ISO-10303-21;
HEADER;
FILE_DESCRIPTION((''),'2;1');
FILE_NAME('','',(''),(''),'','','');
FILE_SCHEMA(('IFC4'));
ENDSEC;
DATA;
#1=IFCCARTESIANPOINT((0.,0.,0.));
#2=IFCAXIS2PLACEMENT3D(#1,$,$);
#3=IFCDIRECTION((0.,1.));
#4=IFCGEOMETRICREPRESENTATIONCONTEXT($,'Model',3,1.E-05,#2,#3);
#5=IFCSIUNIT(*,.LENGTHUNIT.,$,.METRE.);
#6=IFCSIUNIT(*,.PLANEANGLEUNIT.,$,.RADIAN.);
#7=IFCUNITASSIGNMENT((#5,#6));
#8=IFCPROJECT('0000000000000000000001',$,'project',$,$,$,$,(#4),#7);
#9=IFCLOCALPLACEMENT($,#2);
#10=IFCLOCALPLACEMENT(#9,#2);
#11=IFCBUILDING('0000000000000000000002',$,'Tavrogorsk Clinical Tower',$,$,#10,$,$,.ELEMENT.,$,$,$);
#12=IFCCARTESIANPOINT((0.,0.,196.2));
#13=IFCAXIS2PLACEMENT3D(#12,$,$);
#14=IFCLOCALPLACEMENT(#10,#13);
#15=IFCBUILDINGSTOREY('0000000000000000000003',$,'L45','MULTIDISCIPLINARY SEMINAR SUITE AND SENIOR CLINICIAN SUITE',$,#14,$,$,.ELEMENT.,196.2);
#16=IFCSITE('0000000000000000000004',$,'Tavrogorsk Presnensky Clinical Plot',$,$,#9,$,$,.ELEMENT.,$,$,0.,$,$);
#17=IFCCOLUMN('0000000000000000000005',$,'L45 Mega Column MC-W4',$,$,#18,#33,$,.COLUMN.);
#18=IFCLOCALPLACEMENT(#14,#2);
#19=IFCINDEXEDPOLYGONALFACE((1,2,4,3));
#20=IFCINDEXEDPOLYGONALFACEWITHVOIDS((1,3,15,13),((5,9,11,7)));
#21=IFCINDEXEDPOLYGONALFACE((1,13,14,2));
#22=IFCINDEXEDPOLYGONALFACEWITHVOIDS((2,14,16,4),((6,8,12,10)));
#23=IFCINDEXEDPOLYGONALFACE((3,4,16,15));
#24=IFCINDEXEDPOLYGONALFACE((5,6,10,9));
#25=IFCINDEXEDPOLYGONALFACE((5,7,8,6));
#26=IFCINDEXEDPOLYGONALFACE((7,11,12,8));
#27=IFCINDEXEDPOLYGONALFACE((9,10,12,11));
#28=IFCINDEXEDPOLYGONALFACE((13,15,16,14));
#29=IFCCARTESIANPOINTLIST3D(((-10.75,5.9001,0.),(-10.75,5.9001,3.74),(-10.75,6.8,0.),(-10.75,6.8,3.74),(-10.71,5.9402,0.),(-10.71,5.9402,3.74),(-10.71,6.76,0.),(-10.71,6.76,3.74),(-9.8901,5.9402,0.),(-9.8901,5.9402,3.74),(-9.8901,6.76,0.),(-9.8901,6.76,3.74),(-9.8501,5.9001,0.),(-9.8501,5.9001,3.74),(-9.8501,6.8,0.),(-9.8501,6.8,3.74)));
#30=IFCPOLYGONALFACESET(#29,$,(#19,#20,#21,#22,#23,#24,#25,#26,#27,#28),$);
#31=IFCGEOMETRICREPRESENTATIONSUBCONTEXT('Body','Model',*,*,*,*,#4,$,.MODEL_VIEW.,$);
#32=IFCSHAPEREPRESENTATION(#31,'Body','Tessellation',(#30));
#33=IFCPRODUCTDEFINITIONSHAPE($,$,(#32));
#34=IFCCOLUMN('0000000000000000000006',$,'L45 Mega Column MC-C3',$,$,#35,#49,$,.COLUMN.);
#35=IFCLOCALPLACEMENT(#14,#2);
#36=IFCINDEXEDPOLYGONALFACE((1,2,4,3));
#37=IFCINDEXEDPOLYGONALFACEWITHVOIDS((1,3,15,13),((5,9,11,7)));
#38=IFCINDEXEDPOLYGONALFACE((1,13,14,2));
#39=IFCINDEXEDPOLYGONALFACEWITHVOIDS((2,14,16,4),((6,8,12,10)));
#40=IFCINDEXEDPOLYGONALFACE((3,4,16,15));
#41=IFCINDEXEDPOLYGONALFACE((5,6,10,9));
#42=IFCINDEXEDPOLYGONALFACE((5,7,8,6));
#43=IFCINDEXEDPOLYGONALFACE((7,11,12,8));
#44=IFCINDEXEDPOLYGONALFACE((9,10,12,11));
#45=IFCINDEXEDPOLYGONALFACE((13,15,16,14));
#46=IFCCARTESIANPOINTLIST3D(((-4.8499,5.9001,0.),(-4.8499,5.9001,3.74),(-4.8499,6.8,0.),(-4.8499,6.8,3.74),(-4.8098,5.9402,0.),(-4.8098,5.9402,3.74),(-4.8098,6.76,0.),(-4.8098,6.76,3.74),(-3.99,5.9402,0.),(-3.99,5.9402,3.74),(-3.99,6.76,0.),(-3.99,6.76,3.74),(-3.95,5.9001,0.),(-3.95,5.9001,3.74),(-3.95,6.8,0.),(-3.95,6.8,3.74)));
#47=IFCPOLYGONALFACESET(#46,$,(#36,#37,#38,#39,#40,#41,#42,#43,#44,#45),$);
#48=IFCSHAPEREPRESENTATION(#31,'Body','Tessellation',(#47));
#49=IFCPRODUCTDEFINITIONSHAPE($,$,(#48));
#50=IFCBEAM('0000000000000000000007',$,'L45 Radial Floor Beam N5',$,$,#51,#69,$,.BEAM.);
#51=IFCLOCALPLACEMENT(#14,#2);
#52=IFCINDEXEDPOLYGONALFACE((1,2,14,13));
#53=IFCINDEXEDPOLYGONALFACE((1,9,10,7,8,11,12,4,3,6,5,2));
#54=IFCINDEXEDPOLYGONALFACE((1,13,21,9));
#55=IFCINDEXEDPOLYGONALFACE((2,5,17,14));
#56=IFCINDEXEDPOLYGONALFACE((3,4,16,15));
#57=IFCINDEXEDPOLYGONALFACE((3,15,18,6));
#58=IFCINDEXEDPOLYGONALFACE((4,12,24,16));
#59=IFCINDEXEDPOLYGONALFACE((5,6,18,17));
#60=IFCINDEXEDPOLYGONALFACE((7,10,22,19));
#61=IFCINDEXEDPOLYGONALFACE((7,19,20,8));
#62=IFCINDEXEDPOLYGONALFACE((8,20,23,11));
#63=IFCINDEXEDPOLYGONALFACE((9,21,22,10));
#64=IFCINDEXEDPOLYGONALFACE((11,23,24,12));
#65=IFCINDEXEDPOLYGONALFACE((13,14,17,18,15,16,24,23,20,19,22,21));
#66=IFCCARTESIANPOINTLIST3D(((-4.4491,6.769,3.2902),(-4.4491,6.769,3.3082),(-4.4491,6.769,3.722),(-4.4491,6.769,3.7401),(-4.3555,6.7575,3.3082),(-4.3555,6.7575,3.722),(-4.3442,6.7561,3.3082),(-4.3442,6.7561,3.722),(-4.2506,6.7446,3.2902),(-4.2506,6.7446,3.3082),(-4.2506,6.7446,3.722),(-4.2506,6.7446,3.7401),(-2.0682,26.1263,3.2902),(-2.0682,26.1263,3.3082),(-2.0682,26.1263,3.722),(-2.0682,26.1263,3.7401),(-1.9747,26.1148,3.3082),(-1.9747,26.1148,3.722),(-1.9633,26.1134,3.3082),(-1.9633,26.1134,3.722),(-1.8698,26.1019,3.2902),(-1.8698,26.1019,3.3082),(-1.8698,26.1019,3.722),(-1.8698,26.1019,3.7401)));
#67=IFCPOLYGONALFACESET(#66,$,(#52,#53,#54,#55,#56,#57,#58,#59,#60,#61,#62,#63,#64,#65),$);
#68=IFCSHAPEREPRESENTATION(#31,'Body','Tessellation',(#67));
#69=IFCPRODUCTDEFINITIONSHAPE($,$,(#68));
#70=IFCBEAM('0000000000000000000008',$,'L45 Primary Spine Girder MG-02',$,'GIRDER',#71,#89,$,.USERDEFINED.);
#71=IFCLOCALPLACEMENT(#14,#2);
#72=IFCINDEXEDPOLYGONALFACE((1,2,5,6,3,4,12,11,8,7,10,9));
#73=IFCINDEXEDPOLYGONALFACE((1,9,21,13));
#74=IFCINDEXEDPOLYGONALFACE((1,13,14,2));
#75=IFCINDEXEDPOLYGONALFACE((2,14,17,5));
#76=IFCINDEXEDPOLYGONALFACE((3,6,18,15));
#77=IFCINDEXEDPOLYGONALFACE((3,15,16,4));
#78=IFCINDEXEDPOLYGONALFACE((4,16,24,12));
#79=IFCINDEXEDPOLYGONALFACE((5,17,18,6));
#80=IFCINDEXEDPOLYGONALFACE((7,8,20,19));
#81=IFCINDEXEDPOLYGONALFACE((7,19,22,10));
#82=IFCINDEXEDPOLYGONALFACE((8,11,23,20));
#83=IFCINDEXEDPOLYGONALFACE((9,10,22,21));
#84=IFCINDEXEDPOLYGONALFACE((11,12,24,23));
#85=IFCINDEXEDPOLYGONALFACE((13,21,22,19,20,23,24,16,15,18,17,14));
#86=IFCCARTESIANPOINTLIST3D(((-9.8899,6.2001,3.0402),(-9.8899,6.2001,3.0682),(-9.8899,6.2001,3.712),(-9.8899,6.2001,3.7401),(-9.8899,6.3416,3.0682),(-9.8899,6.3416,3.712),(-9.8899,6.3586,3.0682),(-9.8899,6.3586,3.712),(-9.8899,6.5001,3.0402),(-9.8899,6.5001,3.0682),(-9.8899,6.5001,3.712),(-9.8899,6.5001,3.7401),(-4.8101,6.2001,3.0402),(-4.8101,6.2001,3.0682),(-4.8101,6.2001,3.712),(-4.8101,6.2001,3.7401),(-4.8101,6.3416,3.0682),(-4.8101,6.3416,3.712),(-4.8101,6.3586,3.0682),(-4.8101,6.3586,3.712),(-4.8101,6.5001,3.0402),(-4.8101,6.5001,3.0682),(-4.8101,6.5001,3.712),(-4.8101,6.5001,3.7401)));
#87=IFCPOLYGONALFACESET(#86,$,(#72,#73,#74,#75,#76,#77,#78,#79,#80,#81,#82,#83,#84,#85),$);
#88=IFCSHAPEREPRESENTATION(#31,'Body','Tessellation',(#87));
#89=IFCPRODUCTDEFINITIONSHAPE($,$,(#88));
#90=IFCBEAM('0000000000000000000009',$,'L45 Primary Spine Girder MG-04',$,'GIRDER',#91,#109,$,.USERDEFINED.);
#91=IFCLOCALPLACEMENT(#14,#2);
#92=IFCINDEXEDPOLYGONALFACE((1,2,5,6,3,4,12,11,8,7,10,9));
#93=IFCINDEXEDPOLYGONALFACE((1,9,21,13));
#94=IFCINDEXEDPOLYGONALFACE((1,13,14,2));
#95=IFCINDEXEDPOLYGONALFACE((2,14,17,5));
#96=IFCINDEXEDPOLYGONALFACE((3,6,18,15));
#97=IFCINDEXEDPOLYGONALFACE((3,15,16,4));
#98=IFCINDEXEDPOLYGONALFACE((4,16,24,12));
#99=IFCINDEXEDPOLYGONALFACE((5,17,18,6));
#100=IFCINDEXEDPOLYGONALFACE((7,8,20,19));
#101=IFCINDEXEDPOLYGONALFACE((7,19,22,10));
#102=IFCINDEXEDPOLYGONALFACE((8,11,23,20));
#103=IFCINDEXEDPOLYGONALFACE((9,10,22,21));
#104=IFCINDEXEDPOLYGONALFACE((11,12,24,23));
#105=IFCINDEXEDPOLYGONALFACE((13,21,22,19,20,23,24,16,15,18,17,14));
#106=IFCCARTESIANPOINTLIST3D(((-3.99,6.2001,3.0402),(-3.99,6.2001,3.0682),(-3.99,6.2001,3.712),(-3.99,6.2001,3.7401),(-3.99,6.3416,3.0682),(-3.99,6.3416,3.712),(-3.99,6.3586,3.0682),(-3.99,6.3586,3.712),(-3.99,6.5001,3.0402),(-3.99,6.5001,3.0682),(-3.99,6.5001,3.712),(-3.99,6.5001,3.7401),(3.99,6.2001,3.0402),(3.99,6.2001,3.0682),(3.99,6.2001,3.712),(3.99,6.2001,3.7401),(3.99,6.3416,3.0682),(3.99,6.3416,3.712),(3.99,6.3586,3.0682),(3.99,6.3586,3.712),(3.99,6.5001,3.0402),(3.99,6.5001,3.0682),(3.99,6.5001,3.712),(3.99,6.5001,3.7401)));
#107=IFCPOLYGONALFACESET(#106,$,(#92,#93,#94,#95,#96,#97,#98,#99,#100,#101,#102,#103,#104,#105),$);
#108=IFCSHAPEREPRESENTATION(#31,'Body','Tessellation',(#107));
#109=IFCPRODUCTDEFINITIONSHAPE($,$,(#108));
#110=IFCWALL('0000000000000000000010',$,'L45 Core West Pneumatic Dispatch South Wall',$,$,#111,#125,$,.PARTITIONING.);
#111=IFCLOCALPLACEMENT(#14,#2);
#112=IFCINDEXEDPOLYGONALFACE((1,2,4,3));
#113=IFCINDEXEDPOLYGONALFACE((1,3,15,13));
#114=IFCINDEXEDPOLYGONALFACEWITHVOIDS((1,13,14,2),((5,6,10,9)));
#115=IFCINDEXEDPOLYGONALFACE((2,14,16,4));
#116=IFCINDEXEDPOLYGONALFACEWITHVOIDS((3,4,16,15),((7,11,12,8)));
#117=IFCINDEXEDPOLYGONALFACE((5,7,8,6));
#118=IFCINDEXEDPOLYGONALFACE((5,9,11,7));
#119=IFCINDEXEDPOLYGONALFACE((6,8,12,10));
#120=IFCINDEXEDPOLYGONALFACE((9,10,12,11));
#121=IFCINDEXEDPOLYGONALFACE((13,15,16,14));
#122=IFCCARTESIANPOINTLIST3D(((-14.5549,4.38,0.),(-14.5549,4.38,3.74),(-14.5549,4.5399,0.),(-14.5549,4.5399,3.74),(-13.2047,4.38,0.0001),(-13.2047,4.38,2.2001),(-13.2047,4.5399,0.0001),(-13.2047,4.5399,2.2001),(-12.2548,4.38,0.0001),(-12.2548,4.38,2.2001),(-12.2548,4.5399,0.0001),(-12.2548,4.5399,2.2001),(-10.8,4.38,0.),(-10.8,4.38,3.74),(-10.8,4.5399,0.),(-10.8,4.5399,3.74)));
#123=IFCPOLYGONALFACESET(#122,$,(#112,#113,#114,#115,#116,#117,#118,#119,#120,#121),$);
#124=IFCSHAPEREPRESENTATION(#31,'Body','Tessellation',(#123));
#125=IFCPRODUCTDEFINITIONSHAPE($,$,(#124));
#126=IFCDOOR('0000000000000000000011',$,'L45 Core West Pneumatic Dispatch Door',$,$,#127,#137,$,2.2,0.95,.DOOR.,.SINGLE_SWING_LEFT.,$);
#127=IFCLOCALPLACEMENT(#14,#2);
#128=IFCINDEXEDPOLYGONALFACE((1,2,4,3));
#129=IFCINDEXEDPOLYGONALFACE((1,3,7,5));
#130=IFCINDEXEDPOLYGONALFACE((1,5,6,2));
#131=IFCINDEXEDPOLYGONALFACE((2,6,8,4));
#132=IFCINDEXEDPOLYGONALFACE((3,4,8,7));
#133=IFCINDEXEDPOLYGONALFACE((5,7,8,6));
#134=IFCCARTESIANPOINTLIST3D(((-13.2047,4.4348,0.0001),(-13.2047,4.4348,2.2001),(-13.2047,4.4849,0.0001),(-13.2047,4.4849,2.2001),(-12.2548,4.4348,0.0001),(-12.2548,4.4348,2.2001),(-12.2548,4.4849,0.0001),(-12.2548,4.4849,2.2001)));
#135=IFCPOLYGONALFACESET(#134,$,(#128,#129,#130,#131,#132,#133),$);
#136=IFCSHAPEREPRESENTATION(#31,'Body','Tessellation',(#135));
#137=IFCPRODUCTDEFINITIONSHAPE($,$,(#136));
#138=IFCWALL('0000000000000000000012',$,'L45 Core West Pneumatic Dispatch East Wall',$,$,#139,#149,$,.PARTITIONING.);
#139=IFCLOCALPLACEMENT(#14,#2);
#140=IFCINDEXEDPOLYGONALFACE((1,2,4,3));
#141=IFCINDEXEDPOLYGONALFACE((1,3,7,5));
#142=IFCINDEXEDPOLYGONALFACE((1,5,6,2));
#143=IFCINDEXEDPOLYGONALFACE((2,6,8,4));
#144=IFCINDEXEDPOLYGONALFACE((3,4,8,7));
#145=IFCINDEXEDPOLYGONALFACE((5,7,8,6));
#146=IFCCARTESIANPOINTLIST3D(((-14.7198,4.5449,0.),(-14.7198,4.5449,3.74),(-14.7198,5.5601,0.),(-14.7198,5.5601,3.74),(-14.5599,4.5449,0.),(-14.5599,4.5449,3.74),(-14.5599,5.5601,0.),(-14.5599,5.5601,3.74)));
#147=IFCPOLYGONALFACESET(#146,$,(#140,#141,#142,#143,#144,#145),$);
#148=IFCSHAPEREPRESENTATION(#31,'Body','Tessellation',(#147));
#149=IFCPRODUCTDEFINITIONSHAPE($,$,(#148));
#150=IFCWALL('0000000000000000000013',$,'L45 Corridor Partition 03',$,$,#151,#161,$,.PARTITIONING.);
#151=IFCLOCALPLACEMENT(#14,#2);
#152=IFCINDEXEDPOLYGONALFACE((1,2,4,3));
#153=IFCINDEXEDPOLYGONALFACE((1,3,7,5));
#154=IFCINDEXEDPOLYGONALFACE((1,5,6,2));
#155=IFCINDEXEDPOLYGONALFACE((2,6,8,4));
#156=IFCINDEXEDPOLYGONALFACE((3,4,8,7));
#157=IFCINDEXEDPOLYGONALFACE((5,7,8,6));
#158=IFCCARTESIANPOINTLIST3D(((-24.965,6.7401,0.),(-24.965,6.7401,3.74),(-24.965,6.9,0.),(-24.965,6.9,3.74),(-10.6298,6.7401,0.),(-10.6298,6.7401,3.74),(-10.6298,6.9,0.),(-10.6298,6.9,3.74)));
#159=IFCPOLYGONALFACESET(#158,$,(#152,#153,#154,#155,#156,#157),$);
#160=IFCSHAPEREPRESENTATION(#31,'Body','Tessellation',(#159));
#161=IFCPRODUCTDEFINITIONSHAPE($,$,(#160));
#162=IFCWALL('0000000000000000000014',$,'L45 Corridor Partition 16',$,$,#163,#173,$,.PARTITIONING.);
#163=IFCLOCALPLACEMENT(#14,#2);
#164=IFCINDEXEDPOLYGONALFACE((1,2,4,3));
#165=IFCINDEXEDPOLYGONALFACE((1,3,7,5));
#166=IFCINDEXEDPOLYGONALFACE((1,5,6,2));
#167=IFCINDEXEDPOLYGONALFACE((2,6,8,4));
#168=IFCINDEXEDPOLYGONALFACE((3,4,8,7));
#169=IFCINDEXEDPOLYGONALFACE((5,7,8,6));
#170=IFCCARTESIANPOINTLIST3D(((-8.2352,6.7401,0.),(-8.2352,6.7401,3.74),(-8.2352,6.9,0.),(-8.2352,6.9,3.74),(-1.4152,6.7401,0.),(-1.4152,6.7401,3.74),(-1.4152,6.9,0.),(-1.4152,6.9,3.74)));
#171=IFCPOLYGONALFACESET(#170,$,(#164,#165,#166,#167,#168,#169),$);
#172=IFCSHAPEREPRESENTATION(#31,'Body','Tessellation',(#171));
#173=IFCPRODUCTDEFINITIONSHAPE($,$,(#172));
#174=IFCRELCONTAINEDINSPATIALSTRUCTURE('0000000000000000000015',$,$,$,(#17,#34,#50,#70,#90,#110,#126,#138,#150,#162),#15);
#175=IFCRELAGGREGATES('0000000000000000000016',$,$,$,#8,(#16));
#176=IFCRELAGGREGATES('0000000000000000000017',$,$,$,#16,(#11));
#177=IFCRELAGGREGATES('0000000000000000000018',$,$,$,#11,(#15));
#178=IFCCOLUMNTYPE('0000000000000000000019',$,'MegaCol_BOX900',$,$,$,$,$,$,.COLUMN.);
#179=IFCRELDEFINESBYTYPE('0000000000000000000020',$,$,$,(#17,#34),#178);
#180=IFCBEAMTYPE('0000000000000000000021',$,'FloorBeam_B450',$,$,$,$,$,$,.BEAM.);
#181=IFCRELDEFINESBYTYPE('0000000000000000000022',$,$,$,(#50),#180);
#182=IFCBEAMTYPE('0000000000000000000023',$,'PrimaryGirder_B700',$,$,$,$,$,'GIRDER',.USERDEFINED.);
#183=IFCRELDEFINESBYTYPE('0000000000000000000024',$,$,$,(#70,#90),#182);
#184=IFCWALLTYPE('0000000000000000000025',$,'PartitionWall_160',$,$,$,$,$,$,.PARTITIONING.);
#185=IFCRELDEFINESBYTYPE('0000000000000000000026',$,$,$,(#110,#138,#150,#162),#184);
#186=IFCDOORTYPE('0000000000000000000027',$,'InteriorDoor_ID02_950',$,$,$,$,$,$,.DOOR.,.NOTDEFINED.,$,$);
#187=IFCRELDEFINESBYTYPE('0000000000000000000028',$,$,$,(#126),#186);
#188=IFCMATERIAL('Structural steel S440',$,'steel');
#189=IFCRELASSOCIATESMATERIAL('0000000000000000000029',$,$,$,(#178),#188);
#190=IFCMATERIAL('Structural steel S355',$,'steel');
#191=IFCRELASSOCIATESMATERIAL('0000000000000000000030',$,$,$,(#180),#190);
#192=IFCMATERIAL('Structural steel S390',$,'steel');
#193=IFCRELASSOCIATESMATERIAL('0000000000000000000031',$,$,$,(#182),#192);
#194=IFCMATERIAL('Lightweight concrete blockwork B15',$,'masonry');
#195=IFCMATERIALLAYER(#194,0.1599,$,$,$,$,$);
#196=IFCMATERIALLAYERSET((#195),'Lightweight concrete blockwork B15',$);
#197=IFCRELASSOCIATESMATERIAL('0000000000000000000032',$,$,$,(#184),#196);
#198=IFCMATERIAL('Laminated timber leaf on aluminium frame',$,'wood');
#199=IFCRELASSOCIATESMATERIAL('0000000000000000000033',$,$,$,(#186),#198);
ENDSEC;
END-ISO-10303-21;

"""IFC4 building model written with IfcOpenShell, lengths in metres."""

from ifc_helpers import new_model, si_unit, direction, frame, frame_2d, origin, origin_2d, place, context, subcontext, project, spatial, rectangle, hollow_rectangle, i_section, extrude, material, layer, layer_set, material_profile, profile_set, type_object, element, fill, save


model = new_model("IFC4")

# Units and contexts
model_context = context("Model", 3, precision=1e-05, world=origin(), true_north=direction((0.0, 1.0)))
body_context = subcontext(model_context, "Body", "Model", "MODEL_VIEW")
ifc_project = project(units=[si_unit("LENGTHUNIT", "METRE"), si_unit("PLANEANGLEUNIT", "RADIAN")], contexts=[model_context])

# Site, building, storey
site_placement = place(None, origin())
site = spatial("IfcSite", under=ifc_project, at=site_placement, Name="Tavrogorsk Presnensky Clinical Plot", CompositionType="ELEMENT", RefElevation=0.0)
building_placement = place(site_placement, origin())
building = spatial("IfcBuilding", under=site, at=building_placement, Name="Tavrogorsk Clinical Tower", CompositionType="ELEMENT")
storey_placement = place(building_placement, frame((0.0, 0.0, 196.2)))
storey = spatial("IfcBuildingStorey", under=building, at=storey_placement, Name="L45", Description="MULTIDISCIPLINARY SEMINAR SUITE AND SENIOR CLINICIAN SUITE", CompositionType="ELEMENT", Elevation=196.2)

# Columns
ifc_material_1 = material(Name="Structural steel S440", Category="steel")
ifc_material_profile_1 = material_profile(ifc_material_1, hollow_rectangle(XDim=0.8999, YDim=0.8999, WallThickness=0.04, at=origin_2d()), Name="BOX-900x900x40")
ifc_profile_set_1 = profile_set([ifc_material_profile_1], Name="Structural steel S440")
column_type = type_object("IfcColumnType", Name="MegaCol_BOX900", PredefinedType="COLUMN", material=ifc_profile_set_1)
for number, where, z_axis, x_axis, name in (
    (1, (-10.3, 6.3501, 0.0), (0.0, 0.0, 1.0), (1.0, 0.0, 0.0), "L45 Mega Column MC-W4"),
    (2, (-4.3999, 6.3501, 0.0), (0.0, 0.0, 1.0), (1.0, 0.0, 0.0), "L45 Mega Column MC-C3"),
):
    element("IfcColumn", number, at=place(storey_placement, frame(where, z_axis=z_axis, x_axis=x_axis)), inside=storey, type_object=column_type, Name=name, PredefinedType="COLUMN", context=body_context, shape_type="SweptSolid", body=[
        extrude(hollow_rectangle(XDim=0.8999, YDim=0.8999, WallThickness=0.04, at=origin_2d()), origin(), (0.0, 0.0, 1.0), 3.74),
    ])

# Beams
ifc_material_2 = material(Name="Structural steel S355", Category="steel")
ifc_material_profile_2 = material_profile(ifc_material_2, i_section(OverallWidth=0.2, OverallDepth=0.45, WebThickness=0.0115, FlangeThickness=0.0181, at=origin_2d()), Name="B-450x200x11.5x18")
ifc_profile_set_2 = profile_set([ifc_material_profile_2], Name="Structural steel S355")
beam_type_1 = type_object("IfcBeamType", Name="FloorBeam_B450", PredefinedType="BEAM", material=ifc_profile_set_2)
beam_1_placement = place(storey_placement, frame((-4.3499, 6.7568, 3.5151), z_axis=(0.122075, 0.992521, 0.0), x_axis=(-0.992521, 0.122075, 0.0)))
element("IfcBeam", 3, at=beam_1_placement, inside=storey, type_object=beam_type_1, Name="L45 Radial Floor Beam N5", PredefinedType="BEAM", context=body_context, shape_type="SweptSolid", body=[
    extrude(i_section(OverallWidth=0.2, OverallDepth=0.45, WebThickness=0.0115, FlangeThickness=0.0181, at=origin_2d()), origin(), (0.0, 0.0, 1.0), 19.5032),
])
ifc_material_3 = material(Name="Structural steel S390", Category="steel")
ifc_material_profile_3 = material_profile(ifc_material_3, i_section(OverallWidth=0.3, OverallDepth=0.7, WebThickness=0.0171, FlangeThickness=0.0281, at=origin_2d()), Name="B-700x300x17x28")
ifc_profile_set_3 = profile_set([ifc_material_profile_3], Name="Structural steel S390")
beam_type_2 = type_object("IfcBeamType", Name="PrimaryGirder_B700", ElementType="GIRDER", PredefinedType="USERDEFINED", material=ifc_profile_set_3)
beam_2_placement = place(storey_placement, frame((-9.8899, 6.3501, 3.3901), z_axis=(1.0, 0.0, 0.0), x_axis=(0.0, 1.0, 0.0)))
element("IfcBeam", 4, at=beam_2_placement, inside=storey, type_object=beam_type_2, Name="L45 Primary Spine Girder MG-02", ObjectType="GIRDER", PredefinedType="USERDEFINED", context=body_context, shape_type="SweptSolid", body=[
    extrude(i_section(OverallWidth=0.3, OverallDepth=0.7, WebThickness=0.0171, FlangeThickness=0.0281, at=origin_2d()), origin(), (0.0, 0.0, 1.0), 5.0798),
])
beam_3_placement = place(storey_placement, frame((-3.99, 6.3501, 3.3901), z_axis=(1.0, 0.0, 0.0), x_axis=(0.0, 1.0, 0.0)))
element("IfcBeam", 5, at=beam_3_placement, inside=storey, type_object=beam_type_2, Name="L45 Primary Spine Girder MG-04", ObjectType="GIRDER", PredefinedType="USERDEFINED", context=body_context, shape_type="SweptSolid", body=[
    extrude(i_section(OverallWidth=0.3, OverallDepth=0.7, WebThickness=0.0171, FlangeThickness=0.0281, at=origin_2d()), origin(), (0.0, 0.0, 1.0), 7.98),
])

# Wall, opening, door
ifc_material_4 = material(Name="Lightweight concrete blockwork B15", Category="masonry")
ifc_layer_1 = layer(ifc_material_4, 0.1599)
ifc_layer_set_1 = layer_set([ifc_layer_1], Name="Lightweight concrete blockwork B15")
wall_type_1 = type_object("IfcWallType", Name="PartitionWall_160", PredefinedType="PARTITIONING", material=ifc_layer_set_1)
wall_1_placement = place(storey_placement, frame((-14.5549, 4.46, 0.0), z_axis=(0.0, 0.0, 1.0), x_axis=(1.0, 0.0, 0.0)))
wall_1 = element("IfcWall", 6, at=wall_1_placement, inside=storey, type_object=wall_type_1, Name="L45 Core West Pneumatic Dispatch South Wall", PredefinedType="PARTITIONING", context=body_context, shape_type="SweptSolid", body=[
    extrude(rectangle(XDim=3.7549, YDim=0.1599, at=frame_2d((1.8774, 0.0))), origin(), (0.0, 0.0, 1.0), 3.74),
])
opening_1_placement = place(wall_1_placement, frame((1.3501, 0.0, 0.0)))
opening_1 = element("IfcOpeningElement", 7, at=opening_1_placement, cuts=wall_1, PredefinedType="OPENING", context=body_context, shape_type="SweptSolid", body=[
    extrude(rectangle(XDim=0.95, YDim=2.2, at=frame_2d((0.4751, 1.1001))), frame((0.0, 0.0898, 0.0), z_axis=(0.0, -1.0, 0.0), x_axis=(1.0, 0.0, 0.0)), (0.0, 0.0, 1.0), 0.1799),
])
ifc_material_5 = material(Name="Laminated timber leaf on aluminium frame", Category="wood")
door_type_1 = type_object("IfcDoorType", Name="InteriorDoor_ID02_950", OperationType="NOTDEFINED", PredefinedType="DOOR", material=ifc_material_5)
door_1_placement = place(opening_1_placement, origin())
door_1 = element("IfcDoor", 8, at=door_1_placement, inside=storey, type_object=door_type_1, Name="L45 Core West Pneumatic Dispatch Door", OperationType="SINGLE_SWING_LEFT", OverallHeight=2.2, OverallWidth=0.95, PredefinedType="DOOR", context=body_context, shape_type="SweptSolid", body=[
    extrude(rectangle(XDim=0.95, YDim=2.2, at=frame_2d((0.4751, 1.1001))), frame((0.0, 0.0249, 0.0), z_axis=(0.0, -1.0, 0.0), x_axis=(1.0, 0.0, 0.0)), (0.0, 0.0, 1.0), 0.05),
])
fill(opening_1, door_1)

# Walls
wall_2_placement = place(storey_placement, frame((-14.6399, 4.5449, 0.0), z_axis=(0.0, 0.0, 1.0), x_axis=(0.0, 1.0, 0.0)))
element("IfcWall", 9, at=wall_2_placement, inside=storey, type_object=wall_type_1, Name="L45 Core West Pneumatic Dispatch East Wall", PredefinedType="PARTITIONING", context=body_context, shape_type="SweptSolid", body=[
    extrude(rectangle(XDim=1.0151, YDim=0.1599, at=frame_2d((0.5076, 0.0))), origin(), (0.0, 0.0, 1.0), 3.74),
])
wall_3_placement = place(storey_placement, frame((-10.6299, 6.8201, 0.0), z_axis=(0.0, 0.0, 1.0), x_axis=(-1.0, 0.0, 0.0)))
element("IfcWall", 10, at=wall_3_placement, inside=storey, type_object=wall_type_1, Name="L45 Corridor Partition 03", PredefinedType="PARTITIONING", context=body_context, shape_type="SweptSolid", body=[
    extrude(rectangle(XDim=14.3352, YDim=0.1599, at=frame_2d((7.1675, 0.0))), origin(), (0.0, 0.0, 1.0), 3.74),
])
wall_4_placement = place(storey_placement, frame((-1.415, 6.8201, 0.0), z_axis=(0.0, 0.0, 1.0), x_axis=(-1.0, 0.0, 0.0)))
element("IfcWall", 11, at=wall_4_placement, inside=storey, type_object=wall_type_1, Name="L45 Corridor Partition 16", PredefinedType="PARTITIONING", context=body_context, shape_type="SweptSolid", body=[
    extrude(rectangle(XDim=6.8201, YDim=0.1599, at=frame_2d((3.4102, 0.0))), origin(), (0.0, 0.0, 1.0), 3.74),
])

save(model, "model.ifc")
